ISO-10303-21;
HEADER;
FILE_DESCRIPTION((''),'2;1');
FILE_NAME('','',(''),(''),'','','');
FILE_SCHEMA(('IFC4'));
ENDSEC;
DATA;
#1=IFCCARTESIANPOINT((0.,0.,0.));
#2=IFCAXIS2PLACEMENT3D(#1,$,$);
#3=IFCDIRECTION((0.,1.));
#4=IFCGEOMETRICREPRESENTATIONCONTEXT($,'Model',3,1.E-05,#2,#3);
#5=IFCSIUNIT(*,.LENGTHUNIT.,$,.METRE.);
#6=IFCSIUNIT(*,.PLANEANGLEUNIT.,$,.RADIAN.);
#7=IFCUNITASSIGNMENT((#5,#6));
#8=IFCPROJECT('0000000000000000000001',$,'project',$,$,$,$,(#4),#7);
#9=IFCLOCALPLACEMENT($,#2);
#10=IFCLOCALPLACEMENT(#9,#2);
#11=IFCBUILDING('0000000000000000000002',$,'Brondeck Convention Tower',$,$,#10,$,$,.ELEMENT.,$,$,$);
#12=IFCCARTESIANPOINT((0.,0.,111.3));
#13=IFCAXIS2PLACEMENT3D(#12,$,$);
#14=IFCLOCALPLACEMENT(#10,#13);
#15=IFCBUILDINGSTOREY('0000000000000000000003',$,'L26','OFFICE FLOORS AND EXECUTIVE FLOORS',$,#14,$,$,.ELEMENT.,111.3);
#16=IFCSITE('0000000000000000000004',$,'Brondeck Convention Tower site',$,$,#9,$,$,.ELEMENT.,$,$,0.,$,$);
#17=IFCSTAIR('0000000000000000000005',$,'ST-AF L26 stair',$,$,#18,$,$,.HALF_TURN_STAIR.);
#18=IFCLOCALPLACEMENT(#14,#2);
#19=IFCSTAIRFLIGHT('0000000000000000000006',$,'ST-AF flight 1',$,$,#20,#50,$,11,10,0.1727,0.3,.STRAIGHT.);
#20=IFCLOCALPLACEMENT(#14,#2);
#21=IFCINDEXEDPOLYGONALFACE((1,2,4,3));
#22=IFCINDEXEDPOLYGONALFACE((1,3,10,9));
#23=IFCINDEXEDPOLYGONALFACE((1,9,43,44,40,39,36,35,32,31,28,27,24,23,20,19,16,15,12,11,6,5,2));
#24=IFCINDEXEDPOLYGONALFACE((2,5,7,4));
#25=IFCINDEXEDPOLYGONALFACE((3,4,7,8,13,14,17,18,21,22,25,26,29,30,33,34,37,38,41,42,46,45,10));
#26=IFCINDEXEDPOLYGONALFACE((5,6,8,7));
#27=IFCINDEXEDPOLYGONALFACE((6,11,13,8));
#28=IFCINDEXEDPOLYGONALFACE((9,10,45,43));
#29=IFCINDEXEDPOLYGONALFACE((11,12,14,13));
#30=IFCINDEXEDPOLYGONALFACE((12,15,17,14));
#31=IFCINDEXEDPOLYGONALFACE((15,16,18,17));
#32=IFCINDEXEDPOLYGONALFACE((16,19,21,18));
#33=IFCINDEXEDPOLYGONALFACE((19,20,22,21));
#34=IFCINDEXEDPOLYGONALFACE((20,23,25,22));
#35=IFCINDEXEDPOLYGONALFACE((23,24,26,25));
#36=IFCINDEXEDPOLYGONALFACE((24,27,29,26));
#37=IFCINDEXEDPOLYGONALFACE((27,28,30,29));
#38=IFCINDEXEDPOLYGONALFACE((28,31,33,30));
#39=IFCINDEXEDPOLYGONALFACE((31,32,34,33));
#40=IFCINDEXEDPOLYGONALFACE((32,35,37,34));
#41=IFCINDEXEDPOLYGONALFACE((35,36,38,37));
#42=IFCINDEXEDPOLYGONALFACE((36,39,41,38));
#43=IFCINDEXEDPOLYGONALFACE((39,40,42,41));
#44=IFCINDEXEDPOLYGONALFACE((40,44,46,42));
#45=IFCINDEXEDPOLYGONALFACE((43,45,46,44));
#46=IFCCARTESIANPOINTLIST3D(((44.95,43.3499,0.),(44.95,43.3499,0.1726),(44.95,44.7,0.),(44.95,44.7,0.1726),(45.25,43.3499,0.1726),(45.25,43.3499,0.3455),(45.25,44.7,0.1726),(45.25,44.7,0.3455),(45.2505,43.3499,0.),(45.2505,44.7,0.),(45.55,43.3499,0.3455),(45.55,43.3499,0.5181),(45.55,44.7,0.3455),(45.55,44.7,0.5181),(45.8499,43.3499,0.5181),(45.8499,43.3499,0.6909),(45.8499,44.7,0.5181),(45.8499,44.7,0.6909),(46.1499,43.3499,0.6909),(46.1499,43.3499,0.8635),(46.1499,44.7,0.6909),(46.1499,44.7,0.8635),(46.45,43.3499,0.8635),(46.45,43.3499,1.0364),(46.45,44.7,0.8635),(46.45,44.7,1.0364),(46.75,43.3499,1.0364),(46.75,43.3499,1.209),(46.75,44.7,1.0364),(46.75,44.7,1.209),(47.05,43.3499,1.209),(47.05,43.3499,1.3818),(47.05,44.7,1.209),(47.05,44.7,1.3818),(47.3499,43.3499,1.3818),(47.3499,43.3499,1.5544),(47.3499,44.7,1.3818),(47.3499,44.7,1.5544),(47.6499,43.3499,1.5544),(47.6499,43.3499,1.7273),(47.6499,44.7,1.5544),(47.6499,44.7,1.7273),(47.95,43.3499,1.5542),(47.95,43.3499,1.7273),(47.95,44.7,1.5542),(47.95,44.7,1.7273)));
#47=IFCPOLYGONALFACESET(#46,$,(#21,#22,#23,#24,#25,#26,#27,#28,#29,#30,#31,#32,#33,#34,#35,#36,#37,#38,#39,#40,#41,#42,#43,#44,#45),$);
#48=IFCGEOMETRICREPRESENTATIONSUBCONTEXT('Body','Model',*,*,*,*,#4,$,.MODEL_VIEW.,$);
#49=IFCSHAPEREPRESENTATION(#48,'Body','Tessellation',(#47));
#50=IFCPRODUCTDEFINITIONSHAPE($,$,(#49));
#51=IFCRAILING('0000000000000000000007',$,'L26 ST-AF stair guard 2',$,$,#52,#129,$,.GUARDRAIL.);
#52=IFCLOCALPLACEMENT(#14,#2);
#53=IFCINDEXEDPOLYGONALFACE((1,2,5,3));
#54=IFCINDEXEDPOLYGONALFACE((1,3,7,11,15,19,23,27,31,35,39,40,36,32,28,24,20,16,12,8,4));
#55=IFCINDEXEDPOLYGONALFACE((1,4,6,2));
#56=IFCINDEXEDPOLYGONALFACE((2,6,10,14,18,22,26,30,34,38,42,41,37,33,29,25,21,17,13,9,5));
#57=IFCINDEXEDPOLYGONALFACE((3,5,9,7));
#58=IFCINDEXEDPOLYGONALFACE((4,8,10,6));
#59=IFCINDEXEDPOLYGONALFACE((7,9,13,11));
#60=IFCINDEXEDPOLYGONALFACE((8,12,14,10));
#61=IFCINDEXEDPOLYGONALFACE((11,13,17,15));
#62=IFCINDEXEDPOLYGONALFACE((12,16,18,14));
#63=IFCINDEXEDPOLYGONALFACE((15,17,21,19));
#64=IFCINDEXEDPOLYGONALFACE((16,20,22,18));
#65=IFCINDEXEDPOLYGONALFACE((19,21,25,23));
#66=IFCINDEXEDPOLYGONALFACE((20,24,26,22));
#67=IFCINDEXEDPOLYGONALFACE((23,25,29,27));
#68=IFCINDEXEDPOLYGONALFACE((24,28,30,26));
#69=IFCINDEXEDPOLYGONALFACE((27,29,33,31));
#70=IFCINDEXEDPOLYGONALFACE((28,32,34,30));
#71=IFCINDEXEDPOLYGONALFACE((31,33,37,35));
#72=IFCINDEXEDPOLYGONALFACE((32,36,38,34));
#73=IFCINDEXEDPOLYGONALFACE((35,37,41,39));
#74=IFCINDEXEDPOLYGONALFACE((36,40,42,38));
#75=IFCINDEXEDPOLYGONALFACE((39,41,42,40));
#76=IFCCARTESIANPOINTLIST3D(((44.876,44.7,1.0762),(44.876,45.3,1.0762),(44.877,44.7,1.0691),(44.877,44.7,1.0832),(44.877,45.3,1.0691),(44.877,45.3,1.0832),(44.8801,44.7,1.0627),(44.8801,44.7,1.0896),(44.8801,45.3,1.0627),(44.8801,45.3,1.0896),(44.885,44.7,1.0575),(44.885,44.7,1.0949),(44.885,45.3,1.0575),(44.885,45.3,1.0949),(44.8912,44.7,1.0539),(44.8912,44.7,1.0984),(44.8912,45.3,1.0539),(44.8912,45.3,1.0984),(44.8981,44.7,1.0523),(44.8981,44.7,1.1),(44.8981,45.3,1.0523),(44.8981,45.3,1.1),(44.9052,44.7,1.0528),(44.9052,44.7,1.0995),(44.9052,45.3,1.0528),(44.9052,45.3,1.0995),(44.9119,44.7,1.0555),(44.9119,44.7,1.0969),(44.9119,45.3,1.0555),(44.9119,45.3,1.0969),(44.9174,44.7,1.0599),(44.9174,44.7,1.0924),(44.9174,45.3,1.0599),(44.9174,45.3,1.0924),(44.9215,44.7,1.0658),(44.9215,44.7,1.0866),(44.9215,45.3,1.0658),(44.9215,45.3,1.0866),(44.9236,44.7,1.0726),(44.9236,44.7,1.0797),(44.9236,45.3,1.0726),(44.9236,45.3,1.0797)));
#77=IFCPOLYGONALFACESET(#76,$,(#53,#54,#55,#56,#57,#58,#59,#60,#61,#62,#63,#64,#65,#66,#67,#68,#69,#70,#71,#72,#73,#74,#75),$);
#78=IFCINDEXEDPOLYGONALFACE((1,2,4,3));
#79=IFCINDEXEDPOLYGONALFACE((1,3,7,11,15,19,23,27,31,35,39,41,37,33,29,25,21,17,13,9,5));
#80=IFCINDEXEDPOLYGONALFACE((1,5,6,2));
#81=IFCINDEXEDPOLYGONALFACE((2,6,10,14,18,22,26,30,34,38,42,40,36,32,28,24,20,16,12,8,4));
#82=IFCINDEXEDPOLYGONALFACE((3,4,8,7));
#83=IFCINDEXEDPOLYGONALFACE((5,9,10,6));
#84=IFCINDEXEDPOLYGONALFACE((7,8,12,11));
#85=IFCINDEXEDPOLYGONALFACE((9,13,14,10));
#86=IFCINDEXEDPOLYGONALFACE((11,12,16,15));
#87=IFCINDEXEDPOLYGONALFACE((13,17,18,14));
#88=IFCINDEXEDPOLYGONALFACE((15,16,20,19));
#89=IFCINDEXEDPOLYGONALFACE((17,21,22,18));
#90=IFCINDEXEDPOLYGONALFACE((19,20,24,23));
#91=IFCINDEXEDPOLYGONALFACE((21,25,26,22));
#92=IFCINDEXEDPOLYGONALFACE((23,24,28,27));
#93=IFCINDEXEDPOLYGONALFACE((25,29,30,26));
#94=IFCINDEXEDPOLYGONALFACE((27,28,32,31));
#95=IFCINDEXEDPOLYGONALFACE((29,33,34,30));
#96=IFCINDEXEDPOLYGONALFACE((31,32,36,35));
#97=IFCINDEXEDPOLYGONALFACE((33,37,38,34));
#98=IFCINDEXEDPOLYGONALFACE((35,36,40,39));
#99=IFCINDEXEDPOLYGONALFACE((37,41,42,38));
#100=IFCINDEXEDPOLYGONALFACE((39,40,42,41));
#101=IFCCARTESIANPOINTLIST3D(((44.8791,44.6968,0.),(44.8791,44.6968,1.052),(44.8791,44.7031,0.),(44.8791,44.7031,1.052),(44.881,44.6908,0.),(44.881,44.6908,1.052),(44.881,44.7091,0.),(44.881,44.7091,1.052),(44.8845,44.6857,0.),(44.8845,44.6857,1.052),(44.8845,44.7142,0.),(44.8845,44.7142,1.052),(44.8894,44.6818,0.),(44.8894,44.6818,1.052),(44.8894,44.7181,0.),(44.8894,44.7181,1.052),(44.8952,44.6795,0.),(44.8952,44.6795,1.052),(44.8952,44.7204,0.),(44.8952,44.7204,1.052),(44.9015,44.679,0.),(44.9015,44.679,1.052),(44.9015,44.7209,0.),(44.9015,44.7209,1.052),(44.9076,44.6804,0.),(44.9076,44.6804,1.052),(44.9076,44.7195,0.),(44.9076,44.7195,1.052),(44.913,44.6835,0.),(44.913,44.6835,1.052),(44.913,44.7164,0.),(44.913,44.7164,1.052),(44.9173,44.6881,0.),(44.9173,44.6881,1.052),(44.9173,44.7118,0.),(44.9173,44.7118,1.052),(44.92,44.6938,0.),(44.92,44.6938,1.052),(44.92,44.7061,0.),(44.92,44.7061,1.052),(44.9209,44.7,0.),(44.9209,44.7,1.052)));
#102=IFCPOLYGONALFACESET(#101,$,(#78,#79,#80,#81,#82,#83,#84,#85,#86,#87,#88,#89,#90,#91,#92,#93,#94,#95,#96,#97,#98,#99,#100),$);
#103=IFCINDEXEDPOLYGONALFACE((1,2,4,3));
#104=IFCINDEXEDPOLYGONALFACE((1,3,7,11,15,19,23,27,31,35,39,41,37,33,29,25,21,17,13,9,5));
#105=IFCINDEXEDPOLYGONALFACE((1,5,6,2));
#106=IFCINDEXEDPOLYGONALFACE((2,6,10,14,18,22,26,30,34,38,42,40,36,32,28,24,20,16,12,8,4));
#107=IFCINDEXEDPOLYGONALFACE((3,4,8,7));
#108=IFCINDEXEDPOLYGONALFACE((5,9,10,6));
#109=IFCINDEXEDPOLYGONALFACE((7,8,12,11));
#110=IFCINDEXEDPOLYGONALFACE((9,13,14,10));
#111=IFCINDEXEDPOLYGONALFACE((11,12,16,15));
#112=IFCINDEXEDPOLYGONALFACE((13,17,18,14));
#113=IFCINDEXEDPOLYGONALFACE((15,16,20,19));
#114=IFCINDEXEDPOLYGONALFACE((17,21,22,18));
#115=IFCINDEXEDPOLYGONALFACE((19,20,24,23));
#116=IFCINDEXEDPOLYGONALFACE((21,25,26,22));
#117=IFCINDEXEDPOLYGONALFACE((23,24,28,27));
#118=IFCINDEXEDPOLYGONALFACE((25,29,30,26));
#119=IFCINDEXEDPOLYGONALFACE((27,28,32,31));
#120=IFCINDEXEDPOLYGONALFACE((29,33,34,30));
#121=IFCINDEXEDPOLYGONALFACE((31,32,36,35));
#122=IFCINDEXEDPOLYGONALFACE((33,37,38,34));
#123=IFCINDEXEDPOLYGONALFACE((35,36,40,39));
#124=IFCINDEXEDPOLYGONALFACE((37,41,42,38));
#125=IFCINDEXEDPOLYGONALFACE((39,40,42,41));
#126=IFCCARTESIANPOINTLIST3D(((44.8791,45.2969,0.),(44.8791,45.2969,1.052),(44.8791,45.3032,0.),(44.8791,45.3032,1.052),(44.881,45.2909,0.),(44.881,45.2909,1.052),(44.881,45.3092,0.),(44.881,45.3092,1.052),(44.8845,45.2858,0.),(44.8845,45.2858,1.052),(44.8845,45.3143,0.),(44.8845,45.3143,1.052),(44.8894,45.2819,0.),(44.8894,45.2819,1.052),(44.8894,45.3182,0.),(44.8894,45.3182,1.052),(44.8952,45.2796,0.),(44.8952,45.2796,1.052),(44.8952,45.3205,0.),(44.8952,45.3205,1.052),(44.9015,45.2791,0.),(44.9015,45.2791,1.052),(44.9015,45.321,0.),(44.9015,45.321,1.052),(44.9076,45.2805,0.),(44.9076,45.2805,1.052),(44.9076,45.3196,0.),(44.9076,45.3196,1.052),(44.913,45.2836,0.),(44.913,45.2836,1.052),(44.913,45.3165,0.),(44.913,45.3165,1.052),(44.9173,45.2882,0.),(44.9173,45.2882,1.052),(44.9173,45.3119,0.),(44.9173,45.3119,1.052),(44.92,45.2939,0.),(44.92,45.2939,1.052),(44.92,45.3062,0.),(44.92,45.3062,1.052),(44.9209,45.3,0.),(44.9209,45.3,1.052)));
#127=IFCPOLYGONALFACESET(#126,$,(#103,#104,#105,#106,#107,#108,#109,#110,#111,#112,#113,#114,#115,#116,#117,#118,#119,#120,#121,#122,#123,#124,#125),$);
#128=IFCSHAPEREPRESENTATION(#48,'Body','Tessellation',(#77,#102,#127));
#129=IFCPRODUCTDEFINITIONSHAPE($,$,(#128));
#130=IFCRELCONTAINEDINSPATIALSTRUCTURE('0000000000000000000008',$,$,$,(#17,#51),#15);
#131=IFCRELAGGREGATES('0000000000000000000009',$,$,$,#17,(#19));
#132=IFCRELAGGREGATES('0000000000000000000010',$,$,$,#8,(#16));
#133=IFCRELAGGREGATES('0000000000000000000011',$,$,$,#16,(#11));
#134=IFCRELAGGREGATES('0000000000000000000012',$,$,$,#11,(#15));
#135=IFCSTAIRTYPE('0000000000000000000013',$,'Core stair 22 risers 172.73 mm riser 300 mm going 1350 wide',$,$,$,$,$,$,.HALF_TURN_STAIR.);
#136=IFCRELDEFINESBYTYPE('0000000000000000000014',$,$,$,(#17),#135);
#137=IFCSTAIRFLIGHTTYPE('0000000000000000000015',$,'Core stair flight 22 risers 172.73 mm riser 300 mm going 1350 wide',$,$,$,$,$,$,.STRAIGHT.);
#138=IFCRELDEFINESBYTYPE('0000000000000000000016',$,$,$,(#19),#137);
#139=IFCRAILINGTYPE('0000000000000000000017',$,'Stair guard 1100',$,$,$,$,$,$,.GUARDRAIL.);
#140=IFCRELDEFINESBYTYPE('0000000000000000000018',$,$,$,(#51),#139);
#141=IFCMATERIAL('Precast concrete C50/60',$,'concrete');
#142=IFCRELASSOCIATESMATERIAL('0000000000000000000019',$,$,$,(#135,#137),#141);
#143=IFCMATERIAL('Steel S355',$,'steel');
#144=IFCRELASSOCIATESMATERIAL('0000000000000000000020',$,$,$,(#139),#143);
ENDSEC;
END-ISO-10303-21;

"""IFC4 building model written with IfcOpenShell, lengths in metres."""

from ifc_helpers import new_model, si_unit, direction, frame, origin, origin_2d, place, context, subcontext, project, spatial, polyline, circle, outline, extrude, material, type_object, element, aggregate, save


model = new_model("IFC4")

# Units and contexts
model_context = context("Model", 3, precision=1e-05, world=origin(), true_north=direction((0.0, 1.0)))
body_context = subcontext(model_context, "Body", "Model", "MODEL_VIEW")
ifc_project = project(units=[si_unit("LENGTHUNIT", "METRE"), si_unit("PLANEANGLEUNIT", "RADIAN")], contexts=[model_context])

# Site, building, storey
site_placement = place(None, origin())
site = spatial("IfcSite", under=ifc_project, at=site_placement, Name="Brondeck Convention Tower site", CompositionType="ELEMENT", RefElevation=0.0)
building_placement = place(site_placement, origin())
building = spatial("IfcBuilding", under=site, at=building_placement, Name="Brondeck Convention Tower", CompositionType="ELEMENT")
storey_placement = place(building_placement, frame((0.0, 0.0, 111.3)))
storey = spatial("IfcBuildingStorey", under=building, at=storey_placement, Name="L26", Description="OFFICE FLOORS AND EXECUTIVE FLOORS", CompositionType="ELEMENT", Elevation=111.3)

# Shared definitions
ifc_material_1 = material(Name="Steel S355", Category="steel")

# Stair, stair flight
ifc_material_2 = material(Name="Precast concrete C50/60", Category="concrete")
stair_type = type_object("IfcStairType", Name="Core stair 22 risers 172.73 mm riser 300 mm going 1350 wide", PredefinedType="HALF_TURN_STAIR", material=ifc_material_2)
stair_placement = place(storey_placement, origin())
stair = element("IfcStair", 1, at=stair_placement, inside=storey, type_object=stair_type, Name="ST-AF L26 stair", PredefinedType="HALF_TURN_STAIR")
stair_flight_type = type_object("IfcStairFlightType", Name="Core stair flight 22 risers 172.73 mm riser 300 mm going 1350 wide", PredefinedType="STRAIGHT", material=ifc_material_2)
stair_flight_placement = place(storey_placement, frame((44.95, 44.0249, 0.0), z_axis=(0.0, 0.0, 1.0), x_axis=(1.0, 0.0, 0.0)))
stair_flight = element("IfcStairFlight", 2, at=stair_flight_placement, type_object=stair_flight_type, Name="ST-AF flight 1", NumberOfRisers=11, NumberOfTreads=10, PredefinedType="STRAIGHT", RiserHeight=0.1727, TreadLength=0.3, context=body_context, shape_type="SweptSolid", body=[
    extrude(outline(polyline([(0.0, 0.0), (0.0, 0.1726), (0.3, 0.1726), (0.3, 0.3455), (0.6001, 0.3455), (0.6001, 0.5181), (0.8999, 0.5181), (0.8999, 0.6909), (1.2, 0.6909), (1.2, 0.8635), (1.5, 0.8635), (1.5, 1.0364), (1.8, 1.0364), (1.8, 1.209), (2.1001, 1.209), (2.1001, 1.3818), (2.3999, 1.3818), (2.3999, 1.5544), (2.7, 1.5544), (2.7, 1.7273), (3.0, 1.7273), (3.0, 1.8999), (3.0, 1.5542), (0.3005, 0.0), (0.0, 0.0)])), frame((0.0, 0.675, 0.0), z_axis=(0.0, -1.0, 0.0), x_axis=(1.0, 0.0, 0.0)), (0.0, 0.0, 1.0), 1.3501),
])
aggregate(stair, [stair_flight])

# Railing
railing_type_1 = type_object("IfcRailingType", Name="Stair guard 1100", PredefinedType="GUARDRAIL", material=ifc_material_1)
railing_1_placement = place(storey_placement, frame((44.8999, 44.7, 0.0)))
element("IfcRailing", 3, at=railing_1_placement, inside=storey, type_object=railing_type_1, Name="L26 ST-AF stair guard 2", PredefinedType="GUARDRAIL", context=body_context, shape_type="SweptSolid", body=[
    extrude(circle(Radius=0.0239, at=origin_2d()), frame((0.0, 0.0, 1.0762), z_axis=(0.0, 1.0, 0.0), x_axis=(-1.0, 0.0, 0.0)), (0.0, 0.0, 1.0), 0.6001),
    extrude(circle(Radius=0.021, at=origin_2d()), origin(), (0.0, 0.0, 1.0), 1.052),
    extrude(circle(Radius=0.021, at=origin_2d()), frame((0.0, 0.6001, 0.0)), (0.0, 0.0, 1.0), 1.052),
])

save(model, "model.ifc")
